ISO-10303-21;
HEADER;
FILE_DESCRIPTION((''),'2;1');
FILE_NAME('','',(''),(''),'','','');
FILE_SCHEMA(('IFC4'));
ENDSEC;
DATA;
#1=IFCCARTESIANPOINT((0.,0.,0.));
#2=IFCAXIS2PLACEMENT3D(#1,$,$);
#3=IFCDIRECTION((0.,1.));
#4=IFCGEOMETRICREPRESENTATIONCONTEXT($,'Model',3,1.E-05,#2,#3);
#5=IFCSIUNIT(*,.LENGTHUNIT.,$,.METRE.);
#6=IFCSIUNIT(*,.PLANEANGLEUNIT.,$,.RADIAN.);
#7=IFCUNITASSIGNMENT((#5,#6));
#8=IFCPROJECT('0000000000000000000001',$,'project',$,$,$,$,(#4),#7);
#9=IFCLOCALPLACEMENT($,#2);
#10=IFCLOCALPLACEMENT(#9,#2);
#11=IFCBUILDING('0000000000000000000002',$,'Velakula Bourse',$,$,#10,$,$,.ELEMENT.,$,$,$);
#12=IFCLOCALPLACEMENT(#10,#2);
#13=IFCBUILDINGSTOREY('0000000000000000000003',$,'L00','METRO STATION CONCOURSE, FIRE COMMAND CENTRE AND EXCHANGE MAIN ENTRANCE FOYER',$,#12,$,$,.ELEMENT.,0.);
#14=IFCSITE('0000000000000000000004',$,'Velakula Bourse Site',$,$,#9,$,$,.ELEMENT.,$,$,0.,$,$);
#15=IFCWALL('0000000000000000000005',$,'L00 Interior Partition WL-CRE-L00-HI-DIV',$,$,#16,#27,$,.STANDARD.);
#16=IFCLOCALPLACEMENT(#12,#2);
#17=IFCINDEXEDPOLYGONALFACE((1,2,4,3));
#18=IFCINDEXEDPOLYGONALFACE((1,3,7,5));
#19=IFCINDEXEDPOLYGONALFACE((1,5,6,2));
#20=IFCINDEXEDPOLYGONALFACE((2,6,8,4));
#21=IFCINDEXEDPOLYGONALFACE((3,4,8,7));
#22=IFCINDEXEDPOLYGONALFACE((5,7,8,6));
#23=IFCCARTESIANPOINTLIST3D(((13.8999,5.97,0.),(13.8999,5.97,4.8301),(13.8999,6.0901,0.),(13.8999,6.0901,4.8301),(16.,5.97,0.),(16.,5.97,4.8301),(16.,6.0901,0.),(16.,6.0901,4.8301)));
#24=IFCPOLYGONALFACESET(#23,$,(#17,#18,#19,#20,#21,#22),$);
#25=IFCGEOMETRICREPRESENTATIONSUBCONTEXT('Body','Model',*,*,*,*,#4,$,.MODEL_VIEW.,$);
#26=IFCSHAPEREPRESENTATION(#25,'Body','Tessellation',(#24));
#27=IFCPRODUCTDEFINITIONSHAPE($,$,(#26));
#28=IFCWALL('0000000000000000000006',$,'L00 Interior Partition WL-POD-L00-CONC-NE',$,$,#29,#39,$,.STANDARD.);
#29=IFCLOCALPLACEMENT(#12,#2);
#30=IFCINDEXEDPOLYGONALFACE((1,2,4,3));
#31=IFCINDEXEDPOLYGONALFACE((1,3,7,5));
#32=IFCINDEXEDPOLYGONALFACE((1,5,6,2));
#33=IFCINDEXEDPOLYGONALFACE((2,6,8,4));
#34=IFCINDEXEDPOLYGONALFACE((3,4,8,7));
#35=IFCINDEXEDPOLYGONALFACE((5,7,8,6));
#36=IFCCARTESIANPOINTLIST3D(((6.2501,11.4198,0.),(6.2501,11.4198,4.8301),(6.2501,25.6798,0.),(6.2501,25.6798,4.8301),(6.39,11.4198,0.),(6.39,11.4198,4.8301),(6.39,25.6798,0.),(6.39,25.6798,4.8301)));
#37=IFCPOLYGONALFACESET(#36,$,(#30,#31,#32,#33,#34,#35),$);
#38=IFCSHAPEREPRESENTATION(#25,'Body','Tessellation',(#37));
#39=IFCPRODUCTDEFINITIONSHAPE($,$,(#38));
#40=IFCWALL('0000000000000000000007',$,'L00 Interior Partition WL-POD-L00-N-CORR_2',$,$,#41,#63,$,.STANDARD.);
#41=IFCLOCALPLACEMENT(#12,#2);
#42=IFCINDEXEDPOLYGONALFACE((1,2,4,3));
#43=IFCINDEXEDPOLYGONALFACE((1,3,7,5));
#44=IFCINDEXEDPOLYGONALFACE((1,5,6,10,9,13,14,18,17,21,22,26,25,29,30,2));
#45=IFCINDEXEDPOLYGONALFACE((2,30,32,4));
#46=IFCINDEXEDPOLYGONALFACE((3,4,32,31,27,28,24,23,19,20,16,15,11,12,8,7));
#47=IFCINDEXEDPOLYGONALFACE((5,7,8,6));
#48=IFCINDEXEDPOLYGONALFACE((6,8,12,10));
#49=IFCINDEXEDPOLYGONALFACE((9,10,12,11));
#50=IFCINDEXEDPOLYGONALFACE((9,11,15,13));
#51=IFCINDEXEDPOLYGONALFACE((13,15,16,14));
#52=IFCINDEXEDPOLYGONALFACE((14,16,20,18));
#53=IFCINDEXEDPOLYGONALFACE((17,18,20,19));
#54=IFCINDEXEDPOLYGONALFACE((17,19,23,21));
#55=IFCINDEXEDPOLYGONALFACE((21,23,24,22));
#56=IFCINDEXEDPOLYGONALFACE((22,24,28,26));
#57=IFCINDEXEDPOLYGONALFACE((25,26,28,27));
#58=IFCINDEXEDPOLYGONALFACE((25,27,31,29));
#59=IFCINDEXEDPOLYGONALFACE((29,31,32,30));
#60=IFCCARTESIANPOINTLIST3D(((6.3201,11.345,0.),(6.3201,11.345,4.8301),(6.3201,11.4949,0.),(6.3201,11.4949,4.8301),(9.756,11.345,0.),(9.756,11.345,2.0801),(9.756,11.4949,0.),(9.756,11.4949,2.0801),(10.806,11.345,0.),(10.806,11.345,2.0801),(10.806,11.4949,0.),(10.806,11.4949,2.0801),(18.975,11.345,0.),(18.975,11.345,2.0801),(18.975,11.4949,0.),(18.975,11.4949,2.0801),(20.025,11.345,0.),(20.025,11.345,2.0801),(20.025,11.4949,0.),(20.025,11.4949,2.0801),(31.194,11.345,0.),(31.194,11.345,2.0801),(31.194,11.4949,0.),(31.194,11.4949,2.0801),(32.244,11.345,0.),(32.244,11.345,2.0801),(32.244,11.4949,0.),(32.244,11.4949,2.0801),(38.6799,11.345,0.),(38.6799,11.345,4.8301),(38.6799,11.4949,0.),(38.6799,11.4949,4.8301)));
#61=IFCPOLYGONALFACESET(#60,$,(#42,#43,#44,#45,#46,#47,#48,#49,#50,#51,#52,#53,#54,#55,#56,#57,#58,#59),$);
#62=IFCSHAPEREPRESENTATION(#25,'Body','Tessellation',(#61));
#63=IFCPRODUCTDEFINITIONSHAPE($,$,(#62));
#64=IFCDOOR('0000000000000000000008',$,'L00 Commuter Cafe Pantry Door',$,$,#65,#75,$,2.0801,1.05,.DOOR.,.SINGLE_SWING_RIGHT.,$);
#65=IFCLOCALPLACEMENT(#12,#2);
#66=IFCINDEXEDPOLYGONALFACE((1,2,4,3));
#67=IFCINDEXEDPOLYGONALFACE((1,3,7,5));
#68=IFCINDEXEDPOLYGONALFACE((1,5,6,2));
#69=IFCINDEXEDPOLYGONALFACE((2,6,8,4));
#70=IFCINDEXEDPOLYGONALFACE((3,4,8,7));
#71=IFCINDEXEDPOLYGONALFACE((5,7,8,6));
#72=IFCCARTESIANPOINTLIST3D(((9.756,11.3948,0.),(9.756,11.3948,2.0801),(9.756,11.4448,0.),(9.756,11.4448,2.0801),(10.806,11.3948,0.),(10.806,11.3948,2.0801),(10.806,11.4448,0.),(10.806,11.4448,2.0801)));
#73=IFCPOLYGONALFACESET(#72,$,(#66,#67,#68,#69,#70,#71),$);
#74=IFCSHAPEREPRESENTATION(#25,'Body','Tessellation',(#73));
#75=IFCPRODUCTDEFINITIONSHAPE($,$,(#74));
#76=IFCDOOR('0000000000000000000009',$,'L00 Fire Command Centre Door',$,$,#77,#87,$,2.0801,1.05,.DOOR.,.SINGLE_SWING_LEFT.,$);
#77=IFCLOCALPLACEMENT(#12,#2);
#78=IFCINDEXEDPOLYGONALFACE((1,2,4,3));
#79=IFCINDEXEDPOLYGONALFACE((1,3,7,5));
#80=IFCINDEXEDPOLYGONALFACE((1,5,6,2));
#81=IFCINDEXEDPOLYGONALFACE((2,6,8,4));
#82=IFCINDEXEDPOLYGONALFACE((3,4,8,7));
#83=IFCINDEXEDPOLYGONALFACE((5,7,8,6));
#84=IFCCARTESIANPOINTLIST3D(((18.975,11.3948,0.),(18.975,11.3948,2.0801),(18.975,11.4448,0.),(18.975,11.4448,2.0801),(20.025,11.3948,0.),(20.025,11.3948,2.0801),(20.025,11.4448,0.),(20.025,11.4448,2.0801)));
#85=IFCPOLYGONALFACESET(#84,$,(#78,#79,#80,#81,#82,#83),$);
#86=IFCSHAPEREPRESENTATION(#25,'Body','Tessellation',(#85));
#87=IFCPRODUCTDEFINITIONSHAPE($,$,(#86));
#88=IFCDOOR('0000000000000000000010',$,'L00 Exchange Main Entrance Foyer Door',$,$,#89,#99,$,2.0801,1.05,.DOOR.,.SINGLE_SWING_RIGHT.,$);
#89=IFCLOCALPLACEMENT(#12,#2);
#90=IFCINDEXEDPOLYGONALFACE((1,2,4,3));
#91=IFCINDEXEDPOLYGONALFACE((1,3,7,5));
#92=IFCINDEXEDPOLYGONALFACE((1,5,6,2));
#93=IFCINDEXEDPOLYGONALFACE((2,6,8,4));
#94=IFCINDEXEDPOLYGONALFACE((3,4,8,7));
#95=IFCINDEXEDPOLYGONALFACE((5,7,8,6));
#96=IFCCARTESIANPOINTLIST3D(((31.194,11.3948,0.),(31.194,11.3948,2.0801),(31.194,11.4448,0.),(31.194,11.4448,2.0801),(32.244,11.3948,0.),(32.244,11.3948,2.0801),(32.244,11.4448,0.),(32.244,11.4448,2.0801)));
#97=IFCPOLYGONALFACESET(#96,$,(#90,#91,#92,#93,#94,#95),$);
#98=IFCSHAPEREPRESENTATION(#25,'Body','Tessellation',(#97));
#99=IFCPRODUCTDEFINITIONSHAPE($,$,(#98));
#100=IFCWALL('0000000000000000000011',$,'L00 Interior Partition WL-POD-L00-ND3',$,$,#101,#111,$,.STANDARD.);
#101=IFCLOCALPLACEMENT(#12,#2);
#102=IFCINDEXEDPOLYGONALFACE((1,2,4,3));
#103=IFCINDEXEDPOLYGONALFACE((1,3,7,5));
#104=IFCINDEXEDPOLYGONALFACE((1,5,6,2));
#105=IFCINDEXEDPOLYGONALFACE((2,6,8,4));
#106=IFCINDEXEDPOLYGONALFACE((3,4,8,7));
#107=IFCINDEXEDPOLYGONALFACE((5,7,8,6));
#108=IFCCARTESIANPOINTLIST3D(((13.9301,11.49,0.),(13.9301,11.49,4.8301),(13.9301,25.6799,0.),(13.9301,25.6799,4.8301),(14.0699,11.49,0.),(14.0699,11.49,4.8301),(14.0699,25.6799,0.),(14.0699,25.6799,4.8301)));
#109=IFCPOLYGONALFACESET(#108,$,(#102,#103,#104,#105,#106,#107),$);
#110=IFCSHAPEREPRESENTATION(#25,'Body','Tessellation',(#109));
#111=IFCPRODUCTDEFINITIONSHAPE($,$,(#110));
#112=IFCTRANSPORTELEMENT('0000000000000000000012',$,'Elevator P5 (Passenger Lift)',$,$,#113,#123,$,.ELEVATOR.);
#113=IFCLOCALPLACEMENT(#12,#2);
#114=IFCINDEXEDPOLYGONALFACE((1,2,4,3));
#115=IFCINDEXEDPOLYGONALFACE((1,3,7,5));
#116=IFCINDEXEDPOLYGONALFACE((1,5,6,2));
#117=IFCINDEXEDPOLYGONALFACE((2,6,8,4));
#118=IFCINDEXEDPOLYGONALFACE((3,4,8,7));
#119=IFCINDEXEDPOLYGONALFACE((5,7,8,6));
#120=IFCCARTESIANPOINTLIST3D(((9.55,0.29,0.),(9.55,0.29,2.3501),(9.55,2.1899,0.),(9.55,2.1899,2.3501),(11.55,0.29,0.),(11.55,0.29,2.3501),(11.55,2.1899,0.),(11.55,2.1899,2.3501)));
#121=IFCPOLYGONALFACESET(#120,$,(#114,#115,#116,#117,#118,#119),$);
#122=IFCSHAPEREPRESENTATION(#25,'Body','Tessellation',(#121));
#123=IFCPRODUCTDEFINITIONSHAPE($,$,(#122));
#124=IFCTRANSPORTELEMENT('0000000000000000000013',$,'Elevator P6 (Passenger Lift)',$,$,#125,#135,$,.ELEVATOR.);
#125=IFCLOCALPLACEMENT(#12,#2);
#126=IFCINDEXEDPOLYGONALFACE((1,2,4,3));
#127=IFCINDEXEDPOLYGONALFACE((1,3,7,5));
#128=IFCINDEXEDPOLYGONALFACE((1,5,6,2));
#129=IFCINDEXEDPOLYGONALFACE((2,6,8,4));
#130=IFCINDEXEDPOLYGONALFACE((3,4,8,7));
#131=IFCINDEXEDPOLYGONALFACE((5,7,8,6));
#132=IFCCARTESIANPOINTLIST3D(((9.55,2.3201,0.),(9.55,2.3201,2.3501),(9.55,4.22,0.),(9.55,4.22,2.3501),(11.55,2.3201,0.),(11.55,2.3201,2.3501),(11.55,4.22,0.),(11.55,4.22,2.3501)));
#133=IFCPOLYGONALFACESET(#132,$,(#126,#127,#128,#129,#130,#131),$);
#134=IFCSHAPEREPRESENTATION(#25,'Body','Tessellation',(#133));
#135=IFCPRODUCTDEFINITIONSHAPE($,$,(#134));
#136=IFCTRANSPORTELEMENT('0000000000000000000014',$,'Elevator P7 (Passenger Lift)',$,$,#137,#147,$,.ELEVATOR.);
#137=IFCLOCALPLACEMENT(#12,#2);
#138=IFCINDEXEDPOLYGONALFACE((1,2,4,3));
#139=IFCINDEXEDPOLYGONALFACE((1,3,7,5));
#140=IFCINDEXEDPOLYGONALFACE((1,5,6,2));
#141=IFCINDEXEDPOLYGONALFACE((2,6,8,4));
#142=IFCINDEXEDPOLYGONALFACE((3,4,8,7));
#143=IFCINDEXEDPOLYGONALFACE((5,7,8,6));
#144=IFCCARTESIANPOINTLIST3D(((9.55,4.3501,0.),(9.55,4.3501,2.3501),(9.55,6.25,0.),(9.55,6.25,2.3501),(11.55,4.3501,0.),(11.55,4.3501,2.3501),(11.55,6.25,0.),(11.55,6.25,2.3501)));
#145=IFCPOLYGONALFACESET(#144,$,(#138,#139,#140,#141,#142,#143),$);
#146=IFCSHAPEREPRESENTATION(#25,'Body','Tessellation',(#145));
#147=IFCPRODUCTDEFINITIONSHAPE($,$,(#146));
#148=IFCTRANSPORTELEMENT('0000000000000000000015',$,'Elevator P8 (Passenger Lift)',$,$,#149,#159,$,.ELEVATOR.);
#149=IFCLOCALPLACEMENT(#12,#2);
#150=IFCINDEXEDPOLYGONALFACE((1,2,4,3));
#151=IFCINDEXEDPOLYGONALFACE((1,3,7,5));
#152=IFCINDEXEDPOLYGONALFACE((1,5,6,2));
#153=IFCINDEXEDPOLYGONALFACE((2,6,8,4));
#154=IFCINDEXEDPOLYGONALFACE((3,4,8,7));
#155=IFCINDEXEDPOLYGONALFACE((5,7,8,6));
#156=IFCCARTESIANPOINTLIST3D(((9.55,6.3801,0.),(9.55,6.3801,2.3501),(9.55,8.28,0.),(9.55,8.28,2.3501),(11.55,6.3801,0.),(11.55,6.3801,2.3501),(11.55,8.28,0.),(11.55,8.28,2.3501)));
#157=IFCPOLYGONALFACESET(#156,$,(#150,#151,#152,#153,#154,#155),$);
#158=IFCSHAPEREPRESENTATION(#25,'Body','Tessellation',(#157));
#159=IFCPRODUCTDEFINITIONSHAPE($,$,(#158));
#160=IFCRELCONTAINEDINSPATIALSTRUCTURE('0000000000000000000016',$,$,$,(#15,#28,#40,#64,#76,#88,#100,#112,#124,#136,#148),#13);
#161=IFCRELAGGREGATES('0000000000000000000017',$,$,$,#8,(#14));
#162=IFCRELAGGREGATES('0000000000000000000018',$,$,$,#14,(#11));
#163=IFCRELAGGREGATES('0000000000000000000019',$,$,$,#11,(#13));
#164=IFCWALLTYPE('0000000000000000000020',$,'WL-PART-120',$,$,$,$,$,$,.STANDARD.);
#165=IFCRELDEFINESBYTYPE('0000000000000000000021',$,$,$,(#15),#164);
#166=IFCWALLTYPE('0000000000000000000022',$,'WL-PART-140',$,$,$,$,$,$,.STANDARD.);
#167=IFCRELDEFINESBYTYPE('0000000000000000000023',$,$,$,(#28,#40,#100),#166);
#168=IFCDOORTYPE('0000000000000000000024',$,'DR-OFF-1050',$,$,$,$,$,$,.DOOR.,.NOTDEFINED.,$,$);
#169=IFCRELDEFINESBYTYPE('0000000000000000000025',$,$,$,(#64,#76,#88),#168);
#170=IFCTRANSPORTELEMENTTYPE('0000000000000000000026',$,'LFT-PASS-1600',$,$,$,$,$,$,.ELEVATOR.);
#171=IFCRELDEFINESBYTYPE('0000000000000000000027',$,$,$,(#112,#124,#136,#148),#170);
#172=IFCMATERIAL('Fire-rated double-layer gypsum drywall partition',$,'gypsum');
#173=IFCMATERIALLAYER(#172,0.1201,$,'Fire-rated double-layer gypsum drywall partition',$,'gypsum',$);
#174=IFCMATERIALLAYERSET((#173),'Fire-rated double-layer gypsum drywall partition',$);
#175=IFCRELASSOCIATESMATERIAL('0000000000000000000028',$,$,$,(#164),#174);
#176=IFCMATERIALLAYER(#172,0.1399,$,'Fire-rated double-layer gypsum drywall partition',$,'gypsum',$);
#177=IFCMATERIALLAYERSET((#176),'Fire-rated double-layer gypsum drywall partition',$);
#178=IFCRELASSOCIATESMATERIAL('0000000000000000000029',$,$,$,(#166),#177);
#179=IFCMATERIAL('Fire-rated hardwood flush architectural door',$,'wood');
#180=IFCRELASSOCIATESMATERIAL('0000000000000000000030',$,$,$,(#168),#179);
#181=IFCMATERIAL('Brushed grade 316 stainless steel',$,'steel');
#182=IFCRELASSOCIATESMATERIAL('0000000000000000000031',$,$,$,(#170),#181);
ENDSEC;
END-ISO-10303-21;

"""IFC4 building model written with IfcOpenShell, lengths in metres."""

from ifc_helpers import new_model, si_unit, direction, frame, frame_2d, origin, origin_2d, place, context, subcontext, project, spatial, rectangle, extrude, material, layer, layer_set, type_object, element, fill, save


model = new_model("IFC4")

# Units and contexts
model_context = context("Model", 3, precision=1e-05, world=origin(), true_north=direction((0.0, 1.0)))
body_context = subcontext(model_context, "Body", "Model", "MODEL_VIEW")
ifc_project = project(units=[si_unit("LENGTHUNIT", "METRE"), si_unit("PLANEANGLEUNIT", "RADIAN")], contexts=[model_context])

# Site, building, storey
site_placement = place(None, origin())
site = spatial("IfcSite", under=ifc_project, at=site_placement, Name="Velakula Bourse Site", CompositionType="ELEMENT", RefElevation=0.0)
building_placement = place(site_placement, origin())
building = spatial("IfcBuilding", under=site, at=building_placement, Name="Velakula Bourse", CompositionType="ELEMENT")
storey_placement = place(building_placement, origin())
storey = spatial("IfcBuildingStorey", under=building, at=storey_placement, Name="L00", Description="METRO STATION CONCOURSE, FIRE COMMAND CENTRE AND EXCHANGE MAIN ENTRANCE FOYER", CompositionType="ELEMENT", Elevation=0.0)

# Shared definitions
ifc_material_1 = material(Name="Fire-rated hardwood flush architectural door", Category="wood")

# Walls
ifc_material_2 = material(Name="Fire-rated double-layer gypsum drywall partition", Category="gypsum")
ifc_layer_1 = layer(ifc_material_2, 0.1201, Name="Fire-rated double-layer gypsum drywall partition", Category="gypsum")
ifc_layer_set_1 = layer_set([ifc_layer_1], Name="Fire-rated double-layer gypsum drywall partition")
wall_type_1 = type_object("IfcWallType", Name="WL-PART-120", PredefinedType="STANDARD", material=ifc_layer_set_1)
wall_1_placement = place(storey_placement, frame((13.8999, 6.03, 0.0), z_axis=(0.0, 0.0, 1.0), x_axis=(1.0, 0.0, 0.0)))
element("IfcWall", 1, at=wall_1_placement, inside=storey, type_object=wall_type_1, Name="L00 Interior Partition WL-CRE-L00-HI-DIV", PredefinedType="STANDARD", context=body_context, shape_type="SweptSolid", body=[
    extrude(rectangle(XDim=2.1001, YDim=0.1201, at=frame_2d((1.05, 0.0))), origin(), (0.0, 0.0, 1.0), 4.8301),
])
ifc_layer_2 = layer(ifc_material_2, 0.1399, Name="Fire-rated double-layer gypsum drywall partition", Category="gypsum")
ifc_layer_set_2 = layer_set([ifc_layer_2], Name="Fire-rated double-layer gypsum drywall partition")
wall_type_2 = type_object("IfcWallType", Name="WL-PART-140", PredefinedType="STANDARD", material=ifc_layer_set_2)
wall_2_placement = place(storey_placement, frame((6.3201, 11.4199, 0.0), z_axis=(0.0, 0.0, 1.0), x_axis=(0.0, 1.0, 0.0)))
element("IfcWall", 2, at=wall_2_placement, inside=storey, type_object=wall_type_2, Name="L00 Interior Partition WL-POD-L00-CONC-NE", PredefinedType="STANDARD", context=body_context, shape_type="SweptSolid", body=[
    extrude(rectangle(XDim=14.26, YDim=0.1399, at=frame_2d((7.1299, 0.0))), origin(), (0.0, 0.0, 1.0), 4.8301),
])

# Wall, openings, doors
wall_3_placement = place(storey_placement, frame((6.3201, 11.4199, 0.0), z_axis=(0.0, 0.0, 1.0), x_axis=(1.0, 0.0, 0.0)))
wall_3 = element("IfcWall", 3, at=wall_3_placement, inside=storey, type_object=wall_type_2, Name="L00 Interior Partition WL-POD-L00-N-CORR_2", PredefinedType="STANDARD", context=body_context, shape_type="SweptSolid", body=[
    extrude(rectangle(XDim=32.3599, YDim=0.1499, at=frame_2d((16.1799, 0.0))), origin(), (0.0, 0.0, 1.0), 4.8301),
])
opening_1_placement = place(wall_3_placement, frame((3.436, 0.0, 0.0)))
opening_1 = element("IfcOpeningElement", 4, at=opening_1_placement, cuts=wall_3, PredefinedType="OPENING", context=body_context, shape_type="SweptSolid", body=[
    extrude(rectangle(XDim=1.05, YDim=2.0801, at=frame_2d((0.5249, 1.04))), frame((0.0, 0.085, 0.0), z_axis=(0.0, -1.0, 0.0), x_axis=(1.0, 0.0, 0.0)), (0.0, 0.0, 1.0), 0.1699),
])
opening_2_placement = place(wall_3_placement, frame((12.655, 0.0, 0.0)))
opening_2 = element("IfcOpeningElement", 5, at=opening_2_placement, cuts=wall_3, PredefinedType="OPENING", context=body_context, shape_type="SweptSolid", body=[
    extrude(rectangle(XDim=1.05, YDim=2.0801, at=frame_2d((0.5249, 1.04))), frame((0.0, 0.085, 0.0), z_axis=(0.0, -1.0, 0.0), x_axis=(1.0, 0.0, 0.0)), (0.0, 0.0, 1.0), 0.1699),
])
opening_3_placement = place(wall_3_placement, frame((24.874, 0.0, 0.0)))
opening_3 = element("IfcOpeningElement", 6, at=opening_3_placement, cuts=wall_3, PredefinedType="OPENING", context=body_context, shape_type="SweptSolid", body=[
    extrude(rectangle(XDim=1.05, YDim=2.0801, at=frame_2d((0.5249, 1.04))), frame((0.0, 0.085, 0.0), z_axis=(0.0, -1.0, 0.0), x_axis=(1.0, 0.0, 0.0)), (0.0, 0.0, 1.0), 0.1699),
])
door_type_1 = type_object("IfcDoorType", Name="DR-OFF-1050", OperationType="NOTDEFINED", PredefinedType="DOOR", material=ifc_material_1)
door_1_placement = place(opening_1_placement, origin())
door_1 = element("IfcDoor", 7, at=door_1_placement, inside=storey, type_object=door_type_1, Name="L00 Commuter Cafe Pantry Door", OperationType="SINGLE_SWING_RIGHT", OverallHeight=2.0801, OverallWidth=1.05, PredefinedType="DOOR", context=body_context, shape_type="SweptSolid", body=[
    extrude(rectangle(XDim=1.05, YDim=2.0801, at=frame_2d((0.5249, 1.04))), frame((0.0, 0.0249, 0.0), z_axis=(0.0, -1.0, 0.0), x_axis=(1.0, 0.0, 0.0)), (0.0, 0.0, 1.0), 0.05),
])
fill(opening_1, door_1)
door_2_placement = place(opening_2_placement, origin())
door_2 = element("IfcDoor", 8, at=door_2_placement, inside=storey, type_object=door_type_1, Name="L00 Fire Command Centre Door", OperationType="SINGLE_SWING_LEFT", OverallHeight=2.0801, OverallWidth=1.05, PredefinedType="DOOR", context=body_context, shape_type="SweptSolid", body=[
    extrude(rectangle(XDim=1.05, YDim=2.0801, at=frame_2d((0.5249, 1.04))), frame((0.0, 0.0249, 0.0), z_axis=(0.0, -1.0, 0.0), x_axis=(1.0, 0.0, 0.0)), (0.0, 0.0, 1.0), 0.05),
])
fill(opening_2, door_2)
door_3_placement = place(opening_3_placement, origin())
door_3 = element("IfcDoor", 9, at=door_3_placement, inside=storey, type_object=door_type_1, Name="L00 Exchange Main Entrance Foyer Door", OperationType="SINGLE_SWING_RIGHT", OverallHeight=2.0801, OverallWidth=1.05, PredefinedType="DOOR", context=body_context, shape_type="SweptSolid", body=[
    extrude(rectangle(XDim=1.05, YDim=2.0801, at=frame_2d((0.5249, 1.04))), frame((0.0, 0.0249, 0.0), z_axis=(0.0, -1.0, 0.0), x_axis=(1.0, 0.0, 0.0)), (0.0, 0.0, 1.0), 0.05),
])
fill(opening_3, door_3)

# Wall
wall_4_placement = place(storey_placement, frame((14.0, 11.49, 0.0), z_axis=(0.0, 0.0, 1.0), x_axis=(0.0, 1.0, 0.0)))
element("IfcWall", 10, at=wall_4_placement, inside=storey, type_object=wall_type_2, Name="L00 Interior Partition WL-POD-L00-ND3", PredefinedType="STANDARD", context=body_context, shape_type="SweptSolid", body=[
    extrude(rectangle(XDim=14.1899, YDim=0.1399, at=frame_2d((7.095, 0.0))), origin(), (0.0, 0.0, 1.0), 4.8301),
])

# Transport elements
ifc_material_3 = material(Name="Brushed grade 316 stainless steel", Category="steel")
transport_element_type = type_object("IfcTransportElementType", Name="LFT-PASS-1600", PredefinedType="ELEVATOR", material=ifc_material_3)
for number, where, z_axis, x_axis, name in (
    (11, (10.55, 1.24, 0.0), (0.0, 0.0, 1.0), (1.0, 0.0, 0.0), "Elevator P5 (Passenger Lift)"),
    (12, (10.55, 3.27, 0.0), (0.0, 0.0, 1.0), (1.0, 0.0, 0.0), "Elevator P6 (Passenger Lift)"),
    (13, (10.55, 5.3, 0.0), (0.0, 0.0, 1.0), (1.0, 0.0, 0.0), "Elevator P7 (Passenger Lift)"),
    (14, (10.55, 7.3301, 0.0), (0.0, 0.0, 1.0), (1.0, 0.0, 0.0), "Elevator P8 (Passenger Lift)"),
):
    element("IfcTransportElement", number, at=place(storey_placement, frame(where, z_axis=z_axis, x_axis=x_axis)), inside=storey, type_object=transport_element_type, Name=name, PredefinedType="ELEVATOR", context=body_context, shape_type="SweptSolid", body=[
        extrude(rectangle(XDim=2.0, YDim=1.8999, at=origin_2d()), origin(), (0.0, 0.0, 1.0), 2.3501),
    ])

save(model, "model.ifc")
